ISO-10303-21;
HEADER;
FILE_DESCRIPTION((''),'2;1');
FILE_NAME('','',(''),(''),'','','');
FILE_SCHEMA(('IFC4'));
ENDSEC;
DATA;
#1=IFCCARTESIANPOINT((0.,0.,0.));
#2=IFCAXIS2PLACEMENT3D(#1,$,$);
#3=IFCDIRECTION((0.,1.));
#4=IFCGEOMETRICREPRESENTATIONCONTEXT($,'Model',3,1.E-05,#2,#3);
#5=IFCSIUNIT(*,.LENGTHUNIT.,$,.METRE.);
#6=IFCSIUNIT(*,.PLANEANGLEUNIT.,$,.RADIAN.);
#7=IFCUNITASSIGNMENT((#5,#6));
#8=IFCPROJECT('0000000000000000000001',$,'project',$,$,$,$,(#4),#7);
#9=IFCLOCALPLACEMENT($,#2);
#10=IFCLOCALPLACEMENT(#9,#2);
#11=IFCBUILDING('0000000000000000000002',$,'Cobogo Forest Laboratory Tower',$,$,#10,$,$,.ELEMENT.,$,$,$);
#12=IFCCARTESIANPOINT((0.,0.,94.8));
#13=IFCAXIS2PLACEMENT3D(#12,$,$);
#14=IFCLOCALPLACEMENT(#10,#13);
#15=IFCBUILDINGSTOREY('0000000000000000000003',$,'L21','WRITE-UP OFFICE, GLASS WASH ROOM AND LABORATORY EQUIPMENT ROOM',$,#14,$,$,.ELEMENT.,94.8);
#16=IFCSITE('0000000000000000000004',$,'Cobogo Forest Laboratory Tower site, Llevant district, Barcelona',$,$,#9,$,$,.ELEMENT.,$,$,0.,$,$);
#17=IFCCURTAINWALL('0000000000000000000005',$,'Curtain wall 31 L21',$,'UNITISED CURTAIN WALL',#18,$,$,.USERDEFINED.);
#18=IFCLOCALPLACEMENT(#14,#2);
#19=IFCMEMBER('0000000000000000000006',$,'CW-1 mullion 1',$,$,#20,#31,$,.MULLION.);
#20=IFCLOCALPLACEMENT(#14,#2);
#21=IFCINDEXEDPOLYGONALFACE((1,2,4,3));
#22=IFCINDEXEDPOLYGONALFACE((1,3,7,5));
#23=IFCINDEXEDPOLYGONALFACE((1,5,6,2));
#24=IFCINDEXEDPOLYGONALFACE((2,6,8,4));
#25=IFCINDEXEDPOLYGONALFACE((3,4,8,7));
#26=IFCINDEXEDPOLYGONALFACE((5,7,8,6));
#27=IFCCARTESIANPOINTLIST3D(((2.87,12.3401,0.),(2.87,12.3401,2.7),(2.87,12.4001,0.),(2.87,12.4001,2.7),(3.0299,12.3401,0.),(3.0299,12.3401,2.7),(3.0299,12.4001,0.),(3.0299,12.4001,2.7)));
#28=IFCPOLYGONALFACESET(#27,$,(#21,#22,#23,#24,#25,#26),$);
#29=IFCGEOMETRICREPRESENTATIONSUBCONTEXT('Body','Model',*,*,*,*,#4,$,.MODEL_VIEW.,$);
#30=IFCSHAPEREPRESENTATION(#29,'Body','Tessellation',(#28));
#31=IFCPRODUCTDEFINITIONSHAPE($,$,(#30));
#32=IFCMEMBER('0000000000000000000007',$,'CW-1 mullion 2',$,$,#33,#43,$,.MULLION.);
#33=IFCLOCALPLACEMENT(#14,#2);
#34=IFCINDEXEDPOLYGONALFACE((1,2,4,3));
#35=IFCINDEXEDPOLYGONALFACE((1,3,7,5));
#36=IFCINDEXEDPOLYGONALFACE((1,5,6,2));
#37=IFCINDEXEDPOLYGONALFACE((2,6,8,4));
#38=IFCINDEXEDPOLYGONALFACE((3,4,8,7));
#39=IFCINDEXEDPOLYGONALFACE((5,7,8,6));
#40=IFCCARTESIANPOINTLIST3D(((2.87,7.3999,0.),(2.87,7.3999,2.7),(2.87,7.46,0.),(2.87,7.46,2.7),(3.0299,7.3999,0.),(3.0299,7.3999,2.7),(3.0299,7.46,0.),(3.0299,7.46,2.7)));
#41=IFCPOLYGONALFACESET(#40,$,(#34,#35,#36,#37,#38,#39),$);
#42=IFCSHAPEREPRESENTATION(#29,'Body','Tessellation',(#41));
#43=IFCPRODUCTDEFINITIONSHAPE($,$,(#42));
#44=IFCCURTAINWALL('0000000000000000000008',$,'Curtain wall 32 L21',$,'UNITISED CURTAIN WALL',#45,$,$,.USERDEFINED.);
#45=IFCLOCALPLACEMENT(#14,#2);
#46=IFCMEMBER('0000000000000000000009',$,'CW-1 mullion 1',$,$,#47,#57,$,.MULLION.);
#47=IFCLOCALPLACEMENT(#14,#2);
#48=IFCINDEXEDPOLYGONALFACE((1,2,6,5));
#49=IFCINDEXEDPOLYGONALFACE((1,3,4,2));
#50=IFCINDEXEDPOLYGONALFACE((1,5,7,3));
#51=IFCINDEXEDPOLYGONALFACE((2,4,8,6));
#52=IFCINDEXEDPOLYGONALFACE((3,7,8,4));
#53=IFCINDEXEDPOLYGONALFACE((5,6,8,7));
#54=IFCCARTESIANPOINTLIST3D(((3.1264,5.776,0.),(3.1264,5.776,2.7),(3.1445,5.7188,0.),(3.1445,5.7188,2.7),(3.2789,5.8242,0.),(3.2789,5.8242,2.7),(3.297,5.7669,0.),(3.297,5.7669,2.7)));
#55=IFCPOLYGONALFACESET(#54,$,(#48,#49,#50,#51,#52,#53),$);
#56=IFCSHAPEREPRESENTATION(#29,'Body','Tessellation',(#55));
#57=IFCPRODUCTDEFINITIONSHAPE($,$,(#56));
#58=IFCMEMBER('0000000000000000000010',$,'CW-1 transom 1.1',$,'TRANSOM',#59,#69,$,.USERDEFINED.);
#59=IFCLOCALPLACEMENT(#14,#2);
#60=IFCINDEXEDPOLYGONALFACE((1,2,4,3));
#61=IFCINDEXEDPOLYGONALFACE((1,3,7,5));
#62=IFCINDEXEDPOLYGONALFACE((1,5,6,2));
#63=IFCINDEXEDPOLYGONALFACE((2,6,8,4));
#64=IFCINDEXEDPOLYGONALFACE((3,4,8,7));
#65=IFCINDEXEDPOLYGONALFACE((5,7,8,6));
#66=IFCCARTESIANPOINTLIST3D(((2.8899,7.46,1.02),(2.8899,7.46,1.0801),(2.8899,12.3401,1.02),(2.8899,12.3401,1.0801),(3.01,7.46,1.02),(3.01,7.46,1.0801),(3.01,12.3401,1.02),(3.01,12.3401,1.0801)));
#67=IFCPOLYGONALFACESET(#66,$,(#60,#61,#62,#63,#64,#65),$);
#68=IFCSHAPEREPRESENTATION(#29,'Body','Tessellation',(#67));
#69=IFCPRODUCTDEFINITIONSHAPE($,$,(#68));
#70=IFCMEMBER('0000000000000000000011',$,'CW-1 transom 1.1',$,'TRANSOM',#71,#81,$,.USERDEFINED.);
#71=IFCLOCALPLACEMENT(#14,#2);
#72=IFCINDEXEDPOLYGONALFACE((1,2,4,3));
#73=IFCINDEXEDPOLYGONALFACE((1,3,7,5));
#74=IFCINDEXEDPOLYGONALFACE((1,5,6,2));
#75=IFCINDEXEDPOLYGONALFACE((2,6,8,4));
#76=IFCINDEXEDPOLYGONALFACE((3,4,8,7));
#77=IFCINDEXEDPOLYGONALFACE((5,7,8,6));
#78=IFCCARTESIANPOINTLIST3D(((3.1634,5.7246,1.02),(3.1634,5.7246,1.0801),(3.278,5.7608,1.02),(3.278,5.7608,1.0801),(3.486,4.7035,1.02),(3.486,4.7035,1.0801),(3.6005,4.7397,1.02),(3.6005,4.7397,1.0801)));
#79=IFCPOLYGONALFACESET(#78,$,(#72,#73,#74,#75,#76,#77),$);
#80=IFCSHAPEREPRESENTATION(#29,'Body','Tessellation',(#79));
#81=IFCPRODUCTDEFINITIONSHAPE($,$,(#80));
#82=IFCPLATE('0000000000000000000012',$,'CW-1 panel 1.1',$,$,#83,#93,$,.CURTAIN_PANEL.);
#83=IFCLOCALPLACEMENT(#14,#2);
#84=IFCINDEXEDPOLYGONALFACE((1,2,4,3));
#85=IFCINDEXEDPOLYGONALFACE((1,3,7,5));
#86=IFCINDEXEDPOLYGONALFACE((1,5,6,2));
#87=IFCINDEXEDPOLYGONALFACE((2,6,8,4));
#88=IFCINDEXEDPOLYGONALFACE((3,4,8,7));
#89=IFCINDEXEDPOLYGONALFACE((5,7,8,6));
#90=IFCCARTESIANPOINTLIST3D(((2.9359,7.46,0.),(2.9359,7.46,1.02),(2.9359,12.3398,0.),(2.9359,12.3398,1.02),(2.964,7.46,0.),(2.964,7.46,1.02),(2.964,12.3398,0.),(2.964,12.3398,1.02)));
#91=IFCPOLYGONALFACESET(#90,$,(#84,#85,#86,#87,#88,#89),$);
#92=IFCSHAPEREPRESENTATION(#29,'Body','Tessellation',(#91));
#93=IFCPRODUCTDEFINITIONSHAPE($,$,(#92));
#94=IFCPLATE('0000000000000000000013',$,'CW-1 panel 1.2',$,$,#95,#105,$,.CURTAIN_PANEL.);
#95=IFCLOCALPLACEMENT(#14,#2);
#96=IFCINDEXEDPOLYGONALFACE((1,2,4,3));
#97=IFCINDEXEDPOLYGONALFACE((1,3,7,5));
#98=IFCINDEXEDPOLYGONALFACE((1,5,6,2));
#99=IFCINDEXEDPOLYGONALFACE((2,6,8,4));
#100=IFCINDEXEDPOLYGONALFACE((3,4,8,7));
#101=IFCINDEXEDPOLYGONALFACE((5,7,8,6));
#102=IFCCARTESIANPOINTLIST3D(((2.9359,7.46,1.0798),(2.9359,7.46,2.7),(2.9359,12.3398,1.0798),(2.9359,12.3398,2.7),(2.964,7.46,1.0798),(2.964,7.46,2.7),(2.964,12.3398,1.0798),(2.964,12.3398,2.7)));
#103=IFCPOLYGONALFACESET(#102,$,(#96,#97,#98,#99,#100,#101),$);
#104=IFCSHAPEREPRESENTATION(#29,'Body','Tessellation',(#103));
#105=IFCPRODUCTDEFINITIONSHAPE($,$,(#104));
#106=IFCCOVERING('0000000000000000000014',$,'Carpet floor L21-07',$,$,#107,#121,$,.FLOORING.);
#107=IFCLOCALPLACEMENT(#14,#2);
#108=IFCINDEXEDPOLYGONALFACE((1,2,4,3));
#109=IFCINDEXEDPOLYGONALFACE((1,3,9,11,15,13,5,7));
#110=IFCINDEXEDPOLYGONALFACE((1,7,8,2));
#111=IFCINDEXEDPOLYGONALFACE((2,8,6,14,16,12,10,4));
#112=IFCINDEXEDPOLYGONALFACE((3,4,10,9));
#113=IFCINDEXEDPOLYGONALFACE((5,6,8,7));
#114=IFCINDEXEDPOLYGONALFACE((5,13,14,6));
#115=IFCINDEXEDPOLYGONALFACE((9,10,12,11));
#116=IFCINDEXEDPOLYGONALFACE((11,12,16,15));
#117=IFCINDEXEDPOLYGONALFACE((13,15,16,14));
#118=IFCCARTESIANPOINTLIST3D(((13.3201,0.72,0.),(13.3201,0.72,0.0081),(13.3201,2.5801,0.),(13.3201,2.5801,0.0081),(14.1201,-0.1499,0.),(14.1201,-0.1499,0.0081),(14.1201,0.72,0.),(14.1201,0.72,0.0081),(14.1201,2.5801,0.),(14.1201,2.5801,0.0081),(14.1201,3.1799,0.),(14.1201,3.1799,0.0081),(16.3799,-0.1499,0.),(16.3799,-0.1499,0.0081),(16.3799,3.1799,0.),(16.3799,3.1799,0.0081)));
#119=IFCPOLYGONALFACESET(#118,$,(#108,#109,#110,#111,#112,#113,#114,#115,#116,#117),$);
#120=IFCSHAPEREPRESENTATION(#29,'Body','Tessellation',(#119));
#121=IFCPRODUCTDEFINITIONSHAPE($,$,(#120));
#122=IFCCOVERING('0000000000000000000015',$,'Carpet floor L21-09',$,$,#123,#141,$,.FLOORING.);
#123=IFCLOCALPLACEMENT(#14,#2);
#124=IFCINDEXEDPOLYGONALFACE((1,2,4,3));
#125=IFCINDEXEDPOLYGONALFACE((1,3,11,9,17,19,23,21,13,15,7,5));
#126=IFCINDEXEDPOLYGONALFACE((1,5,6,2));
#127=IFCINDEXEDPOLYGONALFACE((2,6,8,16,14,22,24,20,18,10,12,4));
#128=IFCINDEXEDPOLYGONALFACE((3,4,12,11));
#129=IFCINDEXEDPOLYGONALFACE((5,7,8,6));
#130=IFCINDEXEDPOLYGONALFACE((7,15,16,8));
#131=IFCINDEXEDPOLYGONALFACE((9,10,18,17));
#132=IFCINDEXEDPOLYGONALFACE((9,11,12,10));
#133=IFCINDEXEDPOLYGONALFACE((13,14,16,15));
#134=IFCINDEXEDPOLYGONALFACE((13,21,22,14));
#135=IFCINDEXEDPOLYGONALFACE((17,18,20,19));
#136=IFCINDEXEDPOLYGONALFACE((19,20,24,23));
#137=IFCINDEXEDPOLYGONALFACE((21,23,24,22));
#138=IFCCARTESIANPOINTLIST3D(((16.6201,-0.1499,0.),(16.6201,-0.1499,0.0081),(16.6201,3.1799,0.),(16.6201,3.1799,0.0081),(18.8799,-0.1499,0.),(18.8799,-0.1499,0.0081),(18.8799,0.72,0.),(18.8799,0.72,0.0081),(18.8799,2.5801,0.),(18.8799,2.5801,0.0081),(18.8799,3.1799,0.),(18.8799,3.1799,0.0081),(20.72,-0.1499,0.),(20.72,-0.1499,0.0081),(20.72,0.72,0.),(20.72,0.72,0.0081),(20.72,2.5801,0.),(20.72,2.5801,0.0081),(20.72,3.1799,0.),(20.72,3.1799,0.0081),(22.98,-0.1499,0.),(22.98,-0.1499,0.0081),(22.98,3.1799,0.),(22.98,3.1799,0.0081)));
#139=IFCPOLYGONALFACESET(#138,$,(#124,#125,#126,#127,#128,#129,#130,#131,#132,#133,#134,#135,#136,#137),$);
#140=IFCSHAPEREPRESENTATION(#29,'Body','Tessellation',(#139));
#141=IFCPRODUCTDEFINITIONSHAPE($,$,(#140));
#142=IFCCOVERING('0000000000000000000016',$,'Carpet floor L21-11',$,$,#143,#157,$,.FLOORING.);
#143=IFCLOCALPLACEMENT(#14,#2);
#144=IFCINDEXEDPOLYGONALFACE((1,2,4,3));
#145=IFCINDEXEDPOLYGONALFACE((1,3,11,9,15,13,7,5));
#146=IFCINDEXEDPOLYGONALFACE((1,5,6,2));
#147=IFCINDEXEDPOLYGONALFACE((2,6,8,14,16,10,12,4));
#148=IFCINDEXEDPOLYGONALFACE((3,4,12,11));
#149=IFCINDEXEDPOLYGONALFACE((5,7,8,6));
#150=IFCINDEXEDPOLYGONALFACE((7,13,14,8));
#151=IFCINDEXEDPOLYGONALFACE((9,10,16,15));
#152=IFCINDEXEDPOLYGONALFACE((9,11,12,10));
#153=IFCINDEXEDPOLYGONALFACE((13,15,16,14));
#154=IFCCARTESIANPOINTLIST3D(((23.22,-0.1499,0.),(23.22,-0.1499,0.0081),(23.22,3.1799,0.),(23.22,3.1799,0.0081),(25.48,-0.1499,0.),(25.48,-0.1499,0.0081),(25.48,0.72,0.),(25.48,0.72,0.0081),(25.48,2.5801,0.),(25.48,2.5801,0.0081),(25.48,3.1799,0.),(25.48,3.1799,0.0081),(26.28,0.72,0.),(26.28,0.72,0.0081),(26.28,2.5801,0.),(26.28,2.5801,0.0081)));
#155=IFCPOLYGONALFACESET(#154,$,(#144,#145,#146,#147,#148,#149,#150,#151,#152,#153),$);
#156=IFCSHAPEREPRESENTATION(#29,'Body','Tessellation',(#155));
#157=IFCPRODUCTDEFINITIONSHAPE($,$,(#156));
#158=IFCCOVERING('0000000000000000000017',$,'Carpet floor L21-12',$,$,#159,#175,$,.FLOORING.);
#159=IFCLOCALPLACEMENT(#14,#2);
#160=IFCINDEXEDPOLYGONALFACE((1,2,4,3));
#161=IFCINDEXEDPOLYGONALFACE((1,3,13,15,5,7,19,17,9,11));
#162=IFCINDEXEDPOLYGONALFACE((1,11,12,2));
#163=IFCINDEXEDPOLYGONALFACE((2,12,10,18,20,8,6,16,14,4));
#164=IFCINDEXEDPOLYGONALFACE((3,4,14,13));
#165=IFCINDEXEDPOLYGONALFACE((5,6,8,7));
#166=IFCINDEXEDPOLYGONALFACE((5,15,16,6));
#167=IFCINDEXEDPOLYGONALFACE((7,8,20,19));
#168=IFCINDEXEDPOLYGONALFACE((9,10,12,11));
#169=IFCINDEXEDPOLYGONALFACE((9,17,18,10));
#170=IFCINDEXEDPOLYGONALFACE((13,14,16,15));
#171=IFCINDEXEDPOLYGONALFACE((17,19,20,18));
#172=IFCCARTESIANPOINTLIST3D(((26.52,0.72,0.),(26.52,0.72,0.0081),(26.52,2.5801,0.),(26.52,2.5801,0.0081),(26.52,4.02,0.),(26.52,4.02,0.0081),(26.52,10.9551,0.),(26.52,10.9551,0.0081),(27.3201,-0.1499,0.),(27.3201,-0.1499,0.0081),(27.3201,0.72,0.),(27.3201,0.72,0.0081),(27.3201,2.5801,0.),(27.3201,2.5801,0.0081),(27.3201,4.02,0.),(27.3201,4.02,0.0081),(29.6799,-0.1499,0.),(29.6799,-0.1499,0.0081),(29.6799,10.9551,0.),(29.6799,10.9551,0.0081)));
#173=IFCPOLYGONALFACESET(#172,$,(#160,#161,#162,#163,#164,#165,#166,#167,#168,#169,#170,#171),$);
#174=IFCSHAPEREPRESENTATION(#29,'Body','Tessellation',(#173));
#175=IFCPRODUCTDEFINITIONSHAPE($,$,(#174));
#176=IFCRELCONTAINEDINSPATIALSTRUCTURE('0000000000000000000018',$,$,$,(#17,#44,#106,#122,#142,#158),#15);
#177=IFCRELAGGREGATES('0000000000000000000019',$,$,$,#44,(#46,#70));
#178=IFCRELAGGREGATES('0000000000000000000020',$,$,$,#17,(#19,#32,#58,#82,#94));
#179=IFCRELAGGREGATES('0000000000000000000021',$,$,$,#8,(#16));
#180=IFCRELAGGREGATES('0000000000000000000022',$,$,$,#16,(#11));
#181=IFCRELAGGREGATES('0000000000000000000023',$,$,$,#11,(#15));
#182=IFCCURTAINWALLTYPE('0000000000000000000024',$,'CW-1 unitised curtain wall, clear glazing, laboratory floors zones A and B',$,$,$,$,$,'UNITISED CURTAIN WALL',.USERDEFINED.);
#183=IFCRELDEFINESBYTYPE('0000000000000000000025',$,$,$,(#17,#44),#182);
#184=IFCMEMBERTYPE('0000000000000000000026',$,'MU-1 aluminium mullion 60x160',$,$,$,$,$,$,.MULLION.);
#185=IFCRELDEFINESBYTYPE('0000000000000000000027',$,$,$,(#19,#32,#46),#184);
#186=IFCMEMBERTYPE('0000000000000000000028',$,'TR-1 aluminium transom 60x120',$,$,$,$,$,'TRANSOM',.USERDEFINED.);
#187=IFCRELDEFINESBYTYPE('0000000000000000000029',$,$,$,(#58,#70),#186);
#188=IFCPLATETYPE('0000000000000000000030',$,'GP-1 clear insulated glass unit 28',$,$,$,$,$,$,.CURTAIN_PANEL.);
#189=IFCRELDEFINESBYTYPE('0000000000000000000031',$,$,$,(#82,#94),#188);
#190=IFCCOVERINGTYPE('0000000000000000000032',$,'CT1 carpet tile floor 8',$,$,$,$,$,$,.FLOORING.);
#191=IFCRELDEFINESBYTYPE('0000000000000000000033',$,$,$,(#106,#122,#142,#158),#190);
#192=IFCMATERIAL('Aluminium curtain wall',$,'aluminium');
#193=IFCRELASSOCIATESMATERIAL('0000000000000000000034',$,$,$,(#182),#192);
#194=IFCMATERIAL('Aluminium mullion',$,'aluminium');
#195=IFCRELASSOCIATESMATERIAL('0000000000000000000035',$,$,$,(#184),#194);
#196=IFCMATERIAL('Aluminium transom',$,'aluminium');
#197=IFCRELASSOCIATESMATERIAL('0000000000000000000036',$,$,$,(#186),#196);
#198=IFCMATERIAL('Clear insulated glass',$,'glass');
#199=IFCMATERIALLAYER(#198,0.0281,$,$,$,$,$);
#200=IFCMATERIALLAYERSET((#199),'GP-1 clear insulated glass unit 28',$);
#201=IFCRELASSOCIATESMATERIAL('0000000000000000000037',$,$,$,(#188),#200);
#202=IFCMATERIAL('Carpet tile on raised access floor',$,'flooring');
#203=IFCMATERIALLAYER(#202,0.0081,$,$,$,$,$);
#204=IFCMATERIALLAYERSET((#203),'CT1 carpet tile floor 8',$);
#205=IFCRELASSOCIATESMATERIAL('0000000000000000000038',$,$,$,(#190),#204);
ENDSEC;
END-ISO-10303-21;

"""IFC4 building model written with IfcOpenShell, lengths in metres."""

from ifc_helpers import new_model, si_unit, direction, frame, origin, origin_2d, place, context, subcontext, project, spatial, polyline, rectangle, outline, extrude, material, layer, layer_set, material_profile, profile_set, type_object, element, aggregate, save


model = new_model("IFC4")

# Units and contexts
model_context = context("Model", 3, precision=1e-05, world=origin(), true_north=direction((0.0, 1.0)))
body_context = subcontext(model_context, "Body", "Model", "MODEL_VIEW")
ifc_project = project(units=[si_unit("LENGTHUNIT", "METRE"), si_unit("PLANEANGLEUNIT", "RADIAN")], contexts=[model_context])

# Site, building, storey
site_placement = place(None, origin())
site = spatial("IfcSite", under=ifc_project, at=site_placement, Name="Cobogo Forest Laboratory Tower site, Llevant district, Barcelona", CompositionType="ELEMENT", RefElevation=0.0)
building_placement = place(site_placement, origin())
building = spatial("IfcBuilding", under=site, at=building_placement, Name="Cobogo Forest Laboratory Tower", CompositionType="ELEMENT")
storey_placement = place(building_placement, frame((0.0, 0.0, 94.8)))
storey = spatial("IfcBuildingStorey", under=building, at=storey_placement, Name="L21", Description="WRITE-UP OFFICE, GLASS WASH ROOM AND LABORATORY EQUIPMENT ROOM", CompositionType="ELEMENT", Elevation=94.8)

# Curtain wall, members
ifc_material_1 = material(Name="Aluminium curtain wall", Category="aluminium")
curtain_wall_type = type_object("IfcCurtainWallType", Name="CW-1 unitised curtain wall, clear glazing, laboratory floors zones A and B", ElementType="UNITISED CURTAIN WALL", PredefinedType="USERDEFINED", material=ifc_material_1)
curtain_wall_1_placement = place(storey_placement, origin())
curtain_wall_1 = element("IfcCurtainWall", 1, at=curtain_wall_1_placement, inside=storey, type_object=curtain_wall_type, Name="Curtain wall 31 L21", ObjectType="UNITISED CURTAIN WALL", PredefinedType="USERDEFINED")
ifc_material_2 = material(Name="Aluminium mullion", Category="aluminium")
ifc_material_profile_1 = material_profile(ifc_material_2, rectangle(XDim=0.0601, YDim=0.1599, at=origin_2d()), Name="AL 60x160")
ifc_profile_set_1 = profile_set([ifc_material_profile_1], Name="Aluminium mullion")
member_type_1 = type_object("IfcMemberType", Name="MU-1 aluminium mullion 60x160", PredefinedType="MULLION", material=ifc_profile_set_1)
member_1_placement = place(storey_placement, frame((2.95, 12.3701, 0.0), z_axis=(0.0, 0.0, 1.0), x_axis=(0.0, -1.0, 0.0)))
member_1 = element("IfcMember", 2, at=member_1_placement, type_object=member_type_1, Name="CW-1 mullion 1", PredefinedType="MULLION", context=body_context, shape_type="SweptSolid", body=[
    extrude(rectangle(XDim=0.0601, YDim=0.1599, at=origin_2d()), origin(), (0.0, 0.0, 1.0), 2.7),
])
member_2_placement = place(storey_placement, frame((2.95, 7.4299, 0.0), z_axis=(0.0, 0.0, 1.0), x_axis=(0.0, -1.0, 0.0)))
member_2 = element("IfcMember", 3, at=member_2_placement, type_object=member_type_1, Name="CW-1 mullion 2", PredefinedType="MULLION", context=body_context, shape_type="SweptSolid", body=[
    extrude(rectangle(XDim=0.0601, YDim=0.1599, at=origin_2d()), origin(), (0.0, 0.0, 1.0), 2.7),
])

# Curtain wall, member
curtain_wall_2_placement = place(storey_placement, origin())
curtain_wall_2 = element("IfcCurtainWall", 4, at=curtain_wall_2_placement, inside=storey, type_object=curtain_wall_type, Name="Curtain wall 32 L21", ObjectType="UNITISED CURTAIN WALL", PredefinedType="USERDEFINED")
member_3_placement = place(storey_placement, frame((3.2117, 5.7715, 0.0), z_axis=(0.0, 0.0, 1.0), x_axis=(0.301136, -0.953581, 0.0)))
member_3 = element("IfcMember", 5, at=member_3_placement, type_object=member_type_1, Name="CW-1 mullion 1", PredefinedType="MULLION", context=body_context, shape_type="SweptSolid", body=[
    extrude(rectangle(XDim=0.0601, YDim=0.1599, at=origin_2d()), origin(), (0.0, 0.0, 1.0), 2.7),
])

# Members
ifc_material_3 = material(Name="Aluminium transom", Category="aluminium")
ifc_material_profile_2 = material_profile(ifc_material_3, rectangle(XDim=0.1201, YDim=0.0601, at=origin_2d()), Name="AL 60x120")
ifc_profile_set_2 = profile_set([ifc_material_profile_2], Name="Aluminium transom")
member_type_2 = type_object("IfcMemberType", Name="TR-1 aluminium transom 60x120", ElementType="TRANSOM", PredefinedType="USERDEFINED", material=ifc_profile_set_2)
member_4_placement = place(storey_placement, frame((2.95, 12.3401, 1.05), z_axis=(0.0, -1.0, 0.0), x_axis=(1.0, 0.0, 0.0)))
member_4 = element("IfcMember", 6, at=member_4_placement, type_object=member_type_2, Name="CW-1 transom 1.1", ObjectType="TRANSOM", PredefinedType="USERDEFINED", context=body_context, shape_type="SweptSolid", body=[
    extrude(rectangle(XDim=0.1201, YDim=0.0601, at=origin_2d()), origin(), (0.0, 0.0, 1.0), 4.8801),
])
member_5_placement = place(storey_placement, frame((3.2207, 5.7427, 1.05), z_axis=(0.301208, -0.953559, 0.0), x_axis=(0.953559, 0.301208, 0.0)))
member_5 = element("IfcMember", 7, at=member_5_placement, type_object=member_type_2, Name="CW-1 transom 1.1", ObjectType="TRANSOM", PredefinedType="USERDEFINED", context=body_context, shape_type="SweptSolid", body=[
    extrude(rectangle(XDim=0.1201, YDim=0.0601, at=origin_2d()), origin(), (0.0, 0.0, 1.0), 1.0708),
])
aggregate(curtain_wall_2, [member_3, member_5])

# Plates
ifc_material_4 = material(Name="Clear insulated glass", Category="glass")
ifc_layer_1 = layer(ifc_material_4, 0.0281)
ifc_layer_set_1 = layer_set([ifc_layer_1], Name="GP-1 clear insulated glass unit 28")
plate_type_1 = type_object("IfcPlateType", Name="GP-1 clear insulated glass unit 28", PredefinedType="CURTAIN_PANEL", material=ifc_layer_set_1)
plate_1_placement = place(storey_placement, frame((2.95, 9.8999, 0.0), z_axis=(0.0, 0.0, 1.0), x_axis=(0.0, -1.0, 0.0)))
plate_1 = element("IfcPlate", 8, at=plate_1_placement, type_object=plate_type_1, Name="CW-1 panel 1.1", PredefinedType="CURTAIN_PANEL", context=body_context, shape_type="SweptSolid", body=[
    extrude(rectangle(XDim=4.8799, YDim=0.0281, at=origin_2d()), origin(), (0.0, 0.0, 1.0), 1.02),
])
plate_2_placement = place(storey_placement, frame((2.95, 9.8999, 1.0798), z_axis=(0.0, 0.0, 1.0), x_axis=(0.0, -1.0, 0.0)))
plate_2 = element("IfcPlate", 9, at=plate_2_placement, type_object=plate_type_1, Name="CW-1 panel 1.2", PredefinedType="CURTAIN_PANEL", context=body_context, shape_type="SweptSolid", body=[
    extrude(rectangle(XDim=4.8799, YDim=0.0281, at=origin_2d()), origin(), (0.0, 0.0, 1.0), 1.6201),
])
aggregate(curtain_wall_1, [member_1, member_2, member_4, plate_1, plate_2])

# Coverings
ifc_material_5 = material(Name="Carpet tile on raised access floor", Category="flooring")
ifc_layer_2 = layer(ifc_material_5, 0.0081)
ifc_layer_set_2 = layer_set([ifc_layer_2], Name="CT1 carpet tile floor 8")
covering_type_1 = type_object("IfcCoveringType", Name="CT1 carpet tile floor 8", PredefinedType="FLOORING", material=ifc_layer_set_2)
covering_1_placement = place(storey_placement, origin())
element("IfcCovering", 10, at=covering_1_placement, inside=storey, type_object=covering_type_1, Name="Carpet floor L21-07", PredefinedType="FLOORING", context=body_context, shape_type="SweptSolid", body=[
    extrude(outline(polyline([(16.3799, 3.1799), (16.3799, -0.1499), (14.1201, -0.1499), (14.1201, 0.72), (13.3201, 0.72), (13.3201, 2.5801), (14.1201, 2.5801), (14.1201, 3.1799), (16.3799, 3.1799)])), origin(), (0.0, 0.0, 1.0), 0.0081),
])
covering_2_placement = place(storey_placement, origin())
element("IfcCovering", 11, at=covering_2_placement, inside=storey, type_object=covering_type_1, Name="Carpet floor L21-09", PredefinedType="FLOORING", context=body_context, shape_type="SweptSolid", body=[
    extrude(outline(polyline([(18.8799, 3.1799), (18.8799, 2.5801), (20.72, 2.5801), (20.72, 3.1799), (22.98, 3.1799), (22.98, -0.1499), (20.72, -0.1499), (20.72, 0.72), (18.8799, 0.72), (18.8799, -0.1499), (16.6201, -0.1499), (16.6201, 3.1799), (18.8799, 3.1799)])), origin(), (0.0, 0.0, 1.0), 0.0081),
])
covering_3_placement = place(storey_placement, origin())
element("IfcCovering", 12, at=covering_3_placement, inside=storey, type_object=covering_type_1, Name="Carpet floor L21-11", PredefinedType="FLOORING", context=body_context, shape_type="SweptSolid", body=[
    extrude(outline(polyline([(25.48, 3.1799), (25.48, 2.5801), (26.28, 2.5801), (26.28, 0.72), (25.48, 0.72), (25.48, -0.1499), (23.22, -0.1499), (23.22, 3.1799), (25.48, 3.1799)])), origin(), (0.0, 0.0, 1.0), 0.0081),
])
covering_4_placement = place(storey_placement, origin())
element("IfcCovering", 13, at=covering_4_placement, inside=storey, type_object=covering_type_1, Name="Carpet floor L21-12", PredefinedType="FLOORING", context=body_context, shape_type="SweptSolid", body=[
    extrude(outline(polyline([(29.6799, 10.9551), (29.6799, -0.1499), (27.3201, -0.1499), (27.3201, 0.72), (26.52, 0.72), (26.52, 2.5801), (27.3201, 2.5801), (27.3201, 4.02), (26.52, 4.02), (26.52, 10.9551), (29.6799, 10.9551)])), origin(), (0.0, 0.0, 1.0), 0.0081),
])

save(model, "model.ifc")
